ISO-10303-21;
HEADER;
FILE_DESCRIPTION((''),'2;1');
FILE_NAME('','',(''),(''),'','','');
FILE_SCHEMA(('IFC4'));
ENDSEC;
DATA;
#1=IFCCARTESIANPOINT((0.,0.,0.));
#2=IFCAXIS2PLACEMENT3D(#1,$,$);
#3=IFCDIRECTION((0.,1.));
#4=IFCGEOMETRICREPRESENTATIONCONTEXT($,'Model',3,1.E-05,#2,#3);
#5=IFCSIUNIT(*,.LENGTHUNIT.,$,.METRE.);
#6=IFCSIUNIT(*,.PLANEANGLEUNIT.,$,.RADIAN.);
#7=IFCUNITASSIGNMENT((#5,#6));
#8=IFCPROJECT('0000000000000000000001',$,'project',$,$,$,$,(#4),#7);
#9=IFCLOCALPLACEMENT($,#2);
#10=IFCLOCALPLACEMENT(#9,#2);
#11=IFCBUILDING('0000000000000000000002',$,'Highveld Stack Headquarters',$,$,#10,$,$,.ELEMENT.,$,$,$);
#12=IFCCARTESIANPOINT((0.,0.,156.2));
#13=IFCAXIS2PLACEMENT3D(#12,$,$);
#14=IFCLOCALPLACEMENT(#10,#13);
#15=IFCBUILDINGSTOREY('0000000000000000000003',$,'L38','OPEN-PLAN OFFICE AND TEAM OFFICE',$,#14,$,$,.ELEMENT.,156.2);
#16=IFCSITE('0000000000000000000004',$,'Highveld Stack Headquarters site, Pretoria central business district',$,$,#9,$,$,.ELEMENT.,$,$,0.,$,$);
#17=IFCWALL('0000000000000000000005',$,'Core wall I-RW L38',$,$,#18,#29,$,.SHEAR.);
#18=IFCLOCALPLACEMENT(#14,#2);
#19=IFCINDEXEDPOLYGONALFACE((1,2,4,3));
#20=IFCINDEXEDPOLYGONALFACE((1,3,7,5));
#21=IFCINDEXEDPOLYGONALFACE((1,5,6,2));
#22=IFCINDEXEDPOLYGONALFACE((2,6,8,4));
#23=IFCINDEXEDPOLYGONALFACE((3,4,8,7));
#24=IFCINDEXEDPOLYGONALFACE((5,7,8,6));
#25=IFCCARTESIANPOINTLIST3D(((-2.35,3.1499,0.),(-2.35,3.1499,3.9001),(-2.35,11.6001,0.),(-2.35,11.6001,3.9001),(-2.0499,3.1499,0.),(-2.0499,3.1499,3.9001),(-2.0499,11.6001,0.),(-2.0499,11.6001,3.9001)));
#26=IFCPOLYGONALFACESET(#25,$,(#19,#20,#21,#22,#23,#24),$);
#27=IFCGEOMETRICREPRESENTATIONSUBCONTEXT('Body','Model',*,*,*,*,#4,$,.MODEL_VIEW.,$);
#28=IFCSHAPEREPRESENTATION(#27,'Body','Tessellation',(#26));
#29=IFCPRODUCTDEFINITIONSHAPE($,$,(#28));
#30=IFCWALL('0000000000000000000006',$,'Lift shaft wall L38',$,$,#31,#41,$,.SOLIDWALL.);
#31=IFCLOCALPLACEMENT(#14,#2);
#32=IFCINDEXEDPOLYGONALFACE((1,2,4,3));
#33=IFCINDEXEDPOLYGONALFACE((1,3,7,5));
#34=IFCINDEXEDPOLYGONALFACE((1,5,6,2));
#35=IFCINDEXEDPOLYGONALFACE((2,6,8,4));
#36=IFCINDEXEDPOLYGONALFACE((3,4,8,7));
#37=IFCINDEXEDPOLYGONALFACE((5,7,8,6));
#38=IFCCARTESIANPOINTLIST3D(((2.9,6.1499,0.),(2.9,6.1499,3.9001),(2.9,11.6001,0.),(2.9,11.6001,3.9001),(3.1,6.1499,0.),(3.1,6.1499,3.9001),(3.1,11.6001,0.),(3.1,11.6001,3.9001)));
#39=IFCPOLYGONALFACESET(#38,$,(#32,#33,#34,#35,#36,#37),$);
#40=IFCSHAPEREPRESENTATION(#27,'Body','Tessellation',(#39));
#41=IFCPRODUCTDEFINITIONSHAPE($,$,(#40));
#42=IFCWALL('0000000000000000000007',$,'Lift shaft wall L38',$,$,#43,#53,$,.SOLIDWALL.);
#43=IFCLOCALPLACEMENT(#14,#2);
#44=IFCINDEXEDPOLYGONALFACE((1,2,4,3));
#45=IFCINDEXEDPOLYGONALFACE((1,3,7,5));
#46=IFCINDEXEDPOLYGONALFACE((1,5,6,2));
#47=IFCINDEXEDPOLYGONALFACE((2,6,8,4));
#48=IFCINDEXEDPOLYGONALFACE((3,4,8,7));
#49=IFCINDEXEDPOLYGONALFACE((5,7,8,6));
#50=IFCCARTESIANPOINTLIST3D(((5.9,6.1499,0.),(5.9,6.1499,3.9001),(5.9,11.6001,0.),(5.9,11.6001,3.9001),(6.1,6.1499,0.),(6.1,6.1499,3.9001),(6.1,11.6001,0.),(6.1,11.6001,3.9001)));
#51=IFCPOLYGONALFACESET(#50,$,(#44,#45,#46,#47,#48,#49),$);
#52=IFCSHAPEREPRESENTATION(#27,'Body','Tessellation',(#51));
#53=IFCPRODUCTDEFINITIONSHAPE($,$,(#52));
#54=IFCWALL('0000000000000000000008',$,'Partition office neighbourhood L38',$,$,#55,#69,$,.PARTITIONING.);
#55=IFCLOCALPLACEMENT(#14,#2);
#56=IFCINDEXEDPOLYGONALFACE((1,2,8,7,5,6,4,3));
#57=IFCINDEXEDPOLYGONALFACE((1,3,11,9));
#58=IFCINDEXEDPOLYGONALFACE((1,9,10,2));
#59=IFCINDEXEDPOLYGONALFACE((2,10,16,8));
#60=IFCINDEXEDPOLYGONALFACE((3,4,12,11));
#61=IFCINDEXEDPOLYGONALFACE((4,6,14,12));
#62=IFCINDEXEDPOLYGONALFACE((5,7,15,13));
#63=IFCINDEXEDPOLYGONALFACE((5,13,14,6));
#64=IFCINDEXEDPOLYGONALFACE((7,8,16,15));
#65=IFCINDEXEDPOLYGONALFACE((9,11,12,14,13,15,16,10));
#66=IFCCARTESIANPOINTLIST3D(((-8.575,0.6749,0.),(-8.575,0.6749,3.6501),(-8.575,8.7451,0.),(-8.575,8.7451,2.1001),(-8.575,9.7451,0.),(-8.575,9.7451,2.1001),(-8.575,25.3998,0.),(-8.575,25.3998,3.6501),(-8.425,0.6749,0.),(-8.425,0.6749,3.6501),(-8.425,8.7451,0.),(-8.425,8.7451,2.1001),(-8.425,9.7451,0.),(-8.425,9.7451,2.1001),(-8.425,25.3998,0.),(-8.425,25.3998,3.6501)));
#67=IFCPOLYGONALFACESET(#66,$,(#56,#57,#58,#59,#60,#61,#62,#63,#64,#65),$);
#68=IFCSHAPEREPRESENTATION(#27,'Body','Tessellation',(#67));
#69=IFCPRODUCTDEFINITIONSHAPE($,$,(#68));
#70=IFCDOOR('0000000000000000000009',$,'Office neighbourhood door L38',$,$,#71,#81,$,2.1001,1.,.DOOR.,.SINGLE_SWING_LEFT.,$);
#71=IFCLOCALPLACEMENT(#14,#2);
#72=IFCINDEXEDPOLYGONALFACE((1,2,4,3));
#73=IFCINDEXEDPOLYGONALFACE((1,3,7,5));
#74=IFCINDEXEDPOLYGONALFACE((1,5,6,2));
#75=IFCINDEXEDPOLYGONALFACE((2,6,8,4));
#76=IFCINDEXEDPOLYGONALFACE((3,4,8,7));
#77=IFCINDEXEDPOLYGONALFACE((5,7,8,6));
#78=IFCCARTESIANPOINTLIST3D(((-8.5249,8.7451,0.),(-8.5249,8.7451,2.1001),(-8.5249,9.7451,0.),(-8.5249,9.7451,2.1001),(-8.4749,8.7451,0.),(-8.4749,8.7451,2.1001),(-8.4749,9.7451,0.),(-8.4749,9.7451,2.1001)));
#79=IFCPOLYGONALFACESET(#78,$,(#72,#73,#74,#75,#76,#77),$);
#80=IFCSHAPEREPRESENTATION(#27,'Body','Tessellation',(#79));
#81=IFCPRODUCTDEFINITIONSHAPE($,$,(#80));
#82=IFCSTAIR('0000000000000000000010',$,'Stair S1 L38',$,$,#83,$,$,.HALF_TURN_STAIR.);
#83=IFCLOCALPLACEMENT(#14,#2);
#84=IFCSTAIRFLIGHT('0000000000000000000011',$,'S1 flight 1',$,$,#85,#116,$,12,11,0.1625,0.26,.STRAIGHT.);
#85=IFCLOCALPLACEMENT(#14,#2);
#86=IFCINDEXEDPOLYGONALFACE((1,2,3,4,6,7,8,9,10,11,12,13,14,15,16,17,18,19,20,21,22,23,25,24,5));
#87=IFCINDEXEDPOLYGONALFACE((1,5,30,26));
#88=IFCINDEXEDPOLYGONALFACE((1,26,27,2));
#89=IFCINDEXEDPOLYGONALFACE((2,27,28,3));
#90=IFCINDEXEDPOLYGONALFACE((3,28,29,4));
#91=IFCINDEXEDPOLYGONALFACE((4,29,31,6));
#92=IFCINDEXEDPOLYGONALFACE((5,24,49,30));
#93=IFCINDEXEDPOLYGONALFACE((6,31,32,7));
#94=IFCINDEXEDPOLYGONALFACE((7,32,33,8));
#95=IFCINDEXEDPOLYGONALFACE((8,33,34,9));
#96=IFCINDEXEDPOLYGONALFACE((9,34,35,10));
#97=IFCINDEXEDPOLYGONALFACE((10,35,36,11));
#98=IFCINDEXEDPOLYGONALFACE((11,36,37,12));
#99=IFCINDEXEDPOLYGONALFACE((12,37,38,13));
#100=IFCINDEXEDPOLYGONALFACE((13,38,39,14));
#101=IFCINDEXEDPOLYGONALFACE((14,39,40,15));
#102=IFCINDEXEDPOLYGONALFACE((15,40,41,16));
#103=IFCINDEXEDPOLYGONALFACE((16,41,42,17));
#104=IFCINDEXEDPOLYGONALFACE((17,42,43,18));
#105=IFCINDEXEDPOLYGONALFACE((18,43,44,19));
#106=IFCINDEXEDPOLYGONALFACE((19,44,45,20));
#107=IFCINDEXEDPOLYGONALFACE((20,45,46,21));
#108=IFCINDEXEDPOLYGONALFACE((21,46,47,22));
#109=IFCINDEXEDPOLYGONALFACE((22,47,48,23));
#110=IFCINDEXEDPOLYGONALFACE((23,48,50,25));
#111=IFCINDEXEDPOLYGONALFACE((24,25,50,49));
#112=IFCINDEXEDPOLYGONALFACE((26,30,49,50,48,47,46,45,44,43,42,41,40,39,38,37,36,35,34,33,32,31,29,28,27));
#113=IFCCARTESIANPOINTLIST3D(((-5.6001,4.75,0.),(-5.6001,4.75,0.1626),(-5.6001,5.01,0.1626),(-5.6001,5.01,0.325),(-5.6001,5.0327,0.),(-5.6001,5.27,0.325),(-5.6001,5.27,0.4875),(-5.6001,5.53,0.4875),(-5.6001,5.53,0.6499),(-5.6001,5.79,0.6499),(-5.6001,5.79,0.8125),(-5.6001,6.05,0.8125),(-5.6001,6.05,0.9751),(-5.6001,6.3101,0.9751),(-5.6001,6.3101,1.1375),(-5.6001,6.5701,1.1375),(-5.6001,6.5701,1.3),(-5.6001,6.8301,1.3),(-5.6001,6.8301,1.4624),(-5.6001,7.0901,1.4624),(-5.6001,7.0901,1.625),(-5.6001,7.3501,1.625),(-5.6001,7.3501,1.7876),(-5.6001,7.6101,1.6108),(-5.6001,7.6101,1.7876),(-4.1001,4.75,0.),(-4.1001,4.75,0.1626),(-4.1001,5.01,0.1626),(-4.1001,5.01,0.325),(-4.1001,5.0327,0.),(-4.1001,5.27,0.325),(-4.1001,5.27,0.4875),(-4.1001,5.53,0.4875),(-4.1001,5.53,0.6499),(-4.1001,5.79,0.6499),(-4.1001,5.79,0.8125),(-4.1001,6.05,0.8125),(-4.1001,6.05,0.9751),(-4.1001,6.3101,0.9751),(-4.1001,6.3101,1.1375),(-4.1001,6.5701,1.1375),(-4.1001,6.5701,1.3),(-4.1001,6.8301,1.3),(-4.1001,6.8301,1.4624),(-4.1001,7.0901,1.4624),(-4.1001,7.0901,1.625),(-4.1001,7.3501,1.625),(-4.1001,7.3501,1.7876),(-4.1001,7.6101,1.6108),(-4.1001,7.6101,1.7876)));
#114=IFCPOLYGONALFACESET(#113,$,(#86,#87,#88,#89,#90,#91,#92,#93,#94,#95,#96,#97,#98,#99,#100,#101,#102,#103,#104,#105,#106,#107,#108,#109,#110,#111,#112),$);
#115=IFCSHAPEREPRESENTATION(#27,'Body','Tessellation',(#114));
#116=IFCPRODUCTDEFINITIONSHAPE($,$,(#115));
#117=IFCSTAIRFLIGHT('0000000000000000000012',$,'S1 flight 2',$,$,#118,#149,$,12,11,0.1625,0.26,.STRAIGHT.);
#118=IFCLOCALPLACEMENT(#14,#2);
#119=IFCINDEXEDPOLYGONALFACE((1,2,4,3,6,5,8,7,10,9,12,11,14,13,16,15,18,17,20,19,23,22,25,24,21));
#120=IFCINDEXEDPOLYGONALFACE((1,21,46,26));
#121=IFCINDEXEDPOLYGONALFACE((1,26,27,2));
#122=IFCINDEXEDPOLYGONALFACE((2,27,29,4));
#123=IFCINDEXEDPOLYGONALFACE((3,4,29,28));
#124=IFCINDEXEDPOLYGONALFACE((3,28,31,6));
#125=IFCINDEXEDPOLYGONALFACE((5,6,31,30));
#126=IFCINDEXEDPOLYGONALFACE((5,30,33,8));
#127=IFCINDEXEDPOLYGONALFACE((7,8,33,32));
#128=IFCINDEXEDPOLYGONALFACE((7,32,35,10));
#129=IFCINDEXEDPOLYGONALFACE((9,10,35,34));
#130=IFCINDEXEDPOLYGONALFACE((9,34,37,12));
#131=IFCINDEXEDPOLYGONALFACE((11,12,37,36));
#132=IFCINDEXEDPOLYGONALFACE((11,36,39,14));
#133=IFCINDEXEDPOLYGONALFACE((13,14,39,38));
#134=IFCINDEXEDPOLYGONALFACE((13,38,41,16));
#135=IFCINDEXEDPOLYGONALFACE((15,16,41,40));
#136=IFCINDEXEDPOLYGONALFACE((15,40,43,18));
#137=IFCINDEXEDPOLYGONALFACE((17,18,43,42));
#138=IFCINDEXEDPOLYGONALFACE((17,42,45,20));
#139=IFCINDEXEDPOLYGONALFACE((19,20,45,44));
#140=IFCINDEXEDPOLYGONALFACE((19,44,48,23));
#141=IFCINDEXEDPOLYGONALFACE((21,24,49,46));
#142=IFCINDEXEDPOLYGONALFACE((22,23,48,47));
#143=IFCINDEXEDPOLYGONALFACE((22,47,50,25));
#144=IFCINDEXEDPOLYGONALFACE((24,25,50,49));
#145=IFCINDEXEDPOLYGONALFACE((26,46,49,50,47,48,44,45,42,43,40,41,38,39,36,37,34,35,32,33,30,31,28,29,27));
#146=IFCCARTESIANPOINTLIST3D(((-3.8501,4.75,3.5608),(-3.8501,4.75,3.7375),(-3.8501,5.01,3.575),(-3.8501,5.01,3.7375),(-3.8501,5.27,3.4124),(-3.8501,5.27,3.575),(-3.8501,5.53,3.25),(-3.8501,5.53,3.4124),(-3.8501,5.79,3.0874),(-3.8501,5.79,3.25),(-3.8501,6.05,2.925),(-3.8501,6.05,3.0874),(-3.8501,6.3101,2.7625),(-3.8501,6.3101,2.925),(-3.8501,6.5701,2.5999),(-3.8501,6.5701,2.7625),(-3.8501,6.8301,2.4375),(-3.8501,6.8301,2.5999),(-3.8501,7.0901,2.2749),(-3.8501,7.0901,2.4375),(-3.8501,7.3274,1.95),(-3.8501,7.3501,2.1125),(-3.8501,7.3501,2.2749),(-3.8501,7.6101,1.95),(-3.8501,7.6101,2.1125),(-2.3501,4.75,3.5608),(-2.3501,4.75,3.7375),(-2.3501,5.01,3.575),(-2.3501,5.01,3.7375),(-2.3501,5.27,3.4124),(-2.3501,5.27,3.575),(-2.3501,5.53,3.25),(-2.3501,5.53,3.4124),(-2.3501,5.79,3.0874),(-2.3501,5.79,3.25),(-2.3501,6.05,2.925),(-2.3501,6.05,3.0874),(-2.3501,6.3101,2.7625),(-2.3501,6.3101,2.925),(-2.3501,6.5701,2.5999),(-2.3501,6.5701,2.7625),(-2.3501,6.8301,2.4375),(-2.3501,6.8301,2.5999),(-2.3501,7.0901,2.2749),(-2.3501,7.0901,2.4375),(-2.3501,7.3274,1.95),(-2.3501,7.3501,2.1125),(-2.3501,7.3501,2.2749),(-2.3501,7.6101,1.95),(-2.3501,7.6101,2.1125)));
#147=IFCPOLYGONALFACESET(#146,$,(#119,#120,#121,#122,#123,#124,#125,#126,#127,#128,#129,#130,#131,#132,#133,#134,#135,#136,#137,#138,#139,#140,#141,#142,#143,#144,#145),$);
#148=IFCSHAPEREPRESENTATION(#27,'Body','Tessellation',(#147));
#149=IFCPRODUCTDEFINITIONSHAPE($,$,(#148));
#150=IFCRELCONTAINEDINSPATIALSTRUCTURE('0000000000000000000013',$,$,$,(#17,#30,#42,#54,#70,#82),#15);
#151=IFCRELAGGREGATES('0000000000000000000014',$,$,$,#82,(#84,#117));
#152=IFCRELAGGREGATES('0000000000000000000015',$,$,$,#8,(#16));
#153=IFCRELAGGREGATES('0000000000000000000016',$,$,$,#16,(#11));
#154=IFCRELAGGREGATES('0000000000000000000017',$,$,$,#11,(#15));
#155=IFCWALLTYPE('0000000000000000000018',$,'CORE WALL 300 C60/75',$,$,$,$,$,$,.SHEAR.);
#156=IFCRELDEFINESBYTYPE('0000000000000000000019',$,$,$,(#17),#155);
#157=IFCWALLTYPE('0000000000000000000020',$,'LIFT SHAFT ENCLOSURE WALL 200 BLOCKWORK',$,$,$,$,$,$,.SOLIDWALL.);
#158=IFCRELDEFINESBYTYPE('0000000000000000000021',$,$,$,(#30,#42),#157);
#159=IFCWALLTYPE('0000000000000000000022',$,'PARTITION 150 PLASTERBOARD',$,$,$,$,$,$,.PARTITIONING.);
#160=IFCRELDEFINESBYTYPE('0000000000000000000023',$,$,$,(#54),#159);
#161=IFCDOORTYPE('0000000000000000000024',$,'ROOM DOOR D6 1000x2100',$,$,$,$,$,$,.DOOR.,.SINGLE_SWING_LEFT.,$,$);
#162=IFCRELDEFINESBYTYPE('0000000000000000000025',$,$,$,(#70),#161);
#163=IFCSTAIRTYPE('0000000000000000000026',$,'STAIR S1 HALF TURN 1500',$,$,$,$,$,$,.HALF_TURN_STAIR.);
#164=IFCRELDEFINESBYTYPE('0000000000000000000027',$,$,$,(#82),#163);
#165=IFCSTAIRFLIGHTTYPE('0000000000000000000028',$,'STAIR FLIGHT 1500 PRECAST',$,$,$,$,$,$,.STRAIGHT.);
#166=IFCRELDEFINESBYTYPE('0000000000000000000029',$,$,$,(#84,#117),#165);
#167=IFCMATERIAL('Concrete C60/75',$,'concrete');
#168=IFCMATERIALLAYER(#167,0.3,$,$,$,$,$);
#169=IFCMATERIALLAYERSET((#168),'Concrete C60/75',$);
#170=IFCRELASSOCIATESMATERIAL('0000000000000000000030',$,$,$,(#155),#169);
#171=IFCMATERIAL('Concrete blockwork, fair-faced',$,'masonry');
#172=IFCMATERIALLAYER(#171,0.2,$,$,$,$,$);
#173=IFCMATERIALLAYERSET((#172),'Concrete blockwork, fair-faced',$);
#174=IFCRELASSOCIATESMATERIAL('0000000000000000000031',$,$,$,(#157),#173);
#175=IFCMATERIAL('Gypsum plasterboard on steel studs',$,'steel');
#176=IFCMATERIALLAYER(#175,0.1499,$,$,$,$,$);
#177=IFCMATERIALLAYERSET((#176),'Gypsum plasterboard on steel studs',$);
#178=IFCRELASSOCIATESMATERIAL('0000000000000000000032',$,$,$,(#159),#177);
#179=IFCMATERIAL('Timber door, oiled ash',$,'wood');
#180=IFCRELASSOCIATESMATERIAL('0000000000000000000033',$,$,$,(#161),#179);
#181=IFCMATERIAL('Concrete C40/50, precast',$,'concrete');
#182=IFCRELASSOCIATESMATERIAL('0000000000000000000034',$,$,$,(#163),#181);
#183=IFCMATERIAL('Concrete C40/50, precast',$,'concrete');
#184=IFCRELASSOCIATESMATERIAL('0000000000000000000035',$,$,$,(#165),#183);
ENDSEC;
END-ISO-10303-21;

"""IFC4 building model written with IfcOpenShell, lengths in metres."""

from ifc_helpers import new_model, si_unit, direction, frame, frame_2d, origin, place, context, subcontext, project, spatial, polyline, rectangle, outline, extrude, material, layer, layer_set, type_object, element, fill, aggregate, save


model = new_model("IFC4")

# Units and contexts
model_context = context("Model", 3, precision=1e-05, world=origin(), true_north=direction((0.0, 1.0)))
body_context = subcontext(model_context, "Body", "Model", "MODEL_VIEW")
ifc_project = project(units=[si_unit("LENGTHUNIT", "METRE"), si_unit("PLANEANGLEUNIT", "RADIAN")], contexts=[model_context])

# Site, building, storey
site_placement = place(None, origin())
site = spatial("IfcSite", under=ifc_project, at=site_placement, Name="Highveld Stack Headquarters site, Pretoria central business district", CompositionType="ELEMENT", RefElevation=0.0)
building_placement = place(site_placement, origin())
building = spatial("IfcBuilding", under=site, at=building_placement, Name="Highveld Stack Headquarters", CompositionType="ELEMENT")
storey_placement = place(building_placement, frame((0.0, 0.0, 156.2)))
storey = spatial("IfcBuildingStorey", under=building, at=storey_placement, Name="L38", Description="OPEN-PLAN OFFICE AND TEAM OFFICE", CompositionType="ELEMENT", Elevation=156.2)

# Shared definitions
ifc_material_1 = material(Name="Concrete C60/75", Category="concrete")
ifc_layer_1 = layer(ifc_material_1, 0.3)
ifc_layer_set_1 = layer_set([ifc_layer_1], Name="Concrete C60/75")
wall_type_1 = type_object("IfcWallType", Name="CORE WALL 300 C60/75", PredefinedType="SHEAR", material=ifc_layer_set_1)

# Walls
for number, where, z_axis, x_axis, name in (
    (1, (-2.2, 3.1499, 0.0), (0.0, 0.0, 1.0), (0.0, 1.0, 0.0), "Core wall I-RW L38"),
):
    element("IfcWall", number, at=place(storey_placement, frame(where, z_axis=z_axis, x_axis=x_axis)), inside=storey, type_object=wall_type_1, Name=name, PredefinedType="SHEAR", context=body_context, shape_type="SweptSolid", body=[
        extrude(rectangle(XDim=8.4502, YDim=0.3, at=frame_2d((4.2251, 0.0))), origin(), (0.0, 0.0, 1.0), 3.9001),
    ])
ifc_material_2 = material(Name="Concrete blockwork, fair-faced", Category="masonry")
ifc_layer_2 = layer(ifc_material_2, 0.2)
ifc_layer_set_2 = layer_set([ifc_layer_2], Name="Concrete blockwork, fair-faced")
wall_type_2 = type_object("IfcWallType", Name="LIFT SHAFT ENCLOSURE WALL 200 BLOCKWORK", PredefinedType="SOLIDWALL", material=ifc_layer_set_2)
for number, where, z_axis, x_axis, name in (
    (2, (3.0, 6.1499, 0.0), (0.0, 0.0, 1.0), (0.0, 1.0, 0.0), "Lift shaft wall L38"),
    (3, (6.0, 6.1499, 0.0), (0.0, 0.0, 1.0), (0.0, 1.0, 0.0), "Lift shaft wall L38"),
):
    element("IfcWall", number, at=place(storey_placement, frame(where, z_axis=z_axis, x_axis=x_axis)), inside=storey, type_object=wall_type_2, Name=name, PredefinedType="SOLIDWALL", context=body_context, shape_type="SweptSolid", body=[
        extrude(rectangle(XDim=5.4502, YDim=0.2, at=frame_2d((2.7251, 0.0))), origin(), (0.0, 0.0, 1.0), 3.9001),
    ])

# Wall, opening, door
ifc_material_3 = material(Name="Gypsum plasterboard on steel studs", Category="steel")
ifc_layer_3 = layer(ifc_material_3, 0.1499)
ifc_layer_set_3 = layer_set([ifc_layer_3], Name="Gypsum plasterboard on steel studs")
wall_type_3 = type_object("IfcWallType", Name="PARTITION 150 PLASTERBOARD", PredefinedType="PARTITIONING", material=ifc_layer_set_3)
wall_1_placement = place(storey_placement, frame((-8.5, 0.675, 0.0), z_axis=(0.0, 0.0, 1.0), x_axis=(0.0, 1.0, 0.0)))
wall_1 = element("IfcWall", 4, at=wall_1_placement, inside=storey, type_object=wall_type_3, Name="Partition office neighbourhood L38", PredefinedType="PARTITIONING", context=body_context, shape_type="SweptSolid", body=[
    extrude(rectangle(XDim=24.7249, YDim=0.1499, at=frame_2d((12.3623, 0.0))), origin(), (0.0, 0.0, 1.0), 3.6501),
])
opening_1_placement = place(wall_1_placement, frame((8.0701, 0.0, 0.0)))
opening_1 = element("IfcOpeningElement", 5, at=opening_1_placement, cuts=wall_1, PredefinedType="OPENING", context=body_context, shape_type="SweptSolid", body=[
    extrude(rectangle(XDim=1.0, YDim=2.1001, at=frame_2d((0.5, 1.05))), frame((0.0, 0.085, 0.0), z_axis=(0.0, -1.0, 0.0), x_axis=(1.0, 0.0, 0.0)), (0.0, 0.0, 1.0), 0.1699),
])
ifc_material_4 = material(Name="Timber door, oiled ash", Category="wood")
door_type_1 = type_object("IfcDoorType", Name="ROOM DOOR D6 1000x2100", OperationType="SINGLE_SWING_LEFT", PredefinedType="DOOR", material=ifc_material_4)
door_1_placement = place(opening_1_placement, origin())
door_1 = element("IfcDoor", 6, at=door_1_placement, inside=storey, type_object=door_type_1, Name="Office neighbourhood door L38", OperationType="SINGLE_SWING_LEFT", OverallHeight=2.1001, OverallWidth=1.0, PredefinedType="DOOR", context=body_context, shape_type="SweptSolid", body=[
    extrude(rectangle(XDim=1.0, YDim=2.1001, at=frame_2d((0.5, 1.05))), frame((0.0, 0.0249, 0.0), z_axis=(0.0, -1.0, 0.0), x_axis=(1.0, 0.0, 0.0)), (0.0, 0.0, 1.0), 0.05),
])
fill(opening_1, door_1)

# Stair, stair flights
ifc_material_5 = material(Name="Concrete C40/50, precast", Category="concrete")
stair_type_1 = type_object("IfcStairType", Name="STAIR S1 HALF TURN 1500", PredefinedType="HALF_TURN_STAIR", material=ifc_material_5)
stair_1_placement = place(storey_placement, origin())
stair_1 = element("IfcStair", 7, at=stair_1_placement, inside=storey, type_object=stair_type_1, Name="Stair S1 L38", PredefinedType="HALF_TURN_STAIR")
ifc_material_6 = material(Name="Concrete C40/50, precast", Category="concrete")
stair_flight_type = type_object("IfcStairFlightType", Name="STAIR FLIGHT 1500 PRECAST", PredefinedType="STRAIGHT", material=ifc_material_6)
stair_flight_1_placement = place(storey_placement, frame((-4.8501, 4.75, 0.0), z_axis=(0.0, 0.0, 1.0), x_axis=(0.0, 1.0, 0.0)))
stair_flight_1 = element("IfcStairFlight", 8, at=stair_flight_1_placement, type_object=stair_flight_type, Name="S1 flight 1", NumberOfRisers=12, NumberOfTreads=11, PredefinedType="STRAIGHT", RiserHeight=0.1625, TreadLength=0.26, context=body_context, shape_type="SweptSolid", body=[
    extrude(outline(polyline([(0.0, 0.0), (0.0, 0.1626), (0.26, 0.1626), (0.26, 0.325), (0.52, 0.325), (0.52, 0.4875), (0.78, 0.4875), (0.78, 0.6499), (1.04, 0.6499), (1.04, 0.8125), (1.3, 0.8125), (1.3, 0.9751), (1.5601, 0.9751), (1.5601, 1.1375), (1.8201, 1.1375), (1.8201, 1.3), (2.0801, 1.3), (2.0801, 1.4624), (2.3401, 1.4624), (2.3401, 1.625), (2.6001, 1.625), (2.6001, 1.7876), (2.8601, 1.7876), (2.8601, 1.95), (2.8601, 1.6108), (0.2827, 0.0), (0.0, 0.0)])), frame((0.0, 0.75, 0.0), z_axis=(0.0, -1.0, 0.0), x_axis=(1.0, 0.0, 0.0)), (0.0, 0.0, 1.0), 1.5),
])
stair_flight_2_placement = place(storey_placement, frame((-3.1001, 7.6101, 1.95), z_axis=(0.0, 0.0, 1.0), x_axis=(0.0, -1.0, 0.0)))
stair_flight_2 = element("IfcStairFlight", 9, at=stair_flight_2_placement, type_object=stair_flight_type, Name="S1 flight 2", NumberOfRisers=12, NumberOfTreads=11, PredefinedType="STRAIGHT", RiserHeight=0.1625, TreadLength=0.26, context=body_context, shape_type="SweptSolid", body=[
    extrude(outline(polyline([(0.0, 0.0), (0.0, 0.1626), (0.26, 0.1626), (0.26, 0.325), (0.52, 0.325), (0.52, 0.4875), (0.78, 0.4875), (0.78, 0.6499), (1.04, 0.6499), (1.04, 0.8125), (1.3, 0.8125), (1.3, 0.9751), (1.5601, 0.9751), (1.5601, 1.1375), (1.8201, 1.1375), (1.8201, 1.3), (2.0801, 1.3), (2.0801, 1.4624), (2.3401, 1.4624), (2.3401, 1.625), (2.6001, 1.625), (2.6001, 1.7876), (2.8601, 1.7876), (2.8601, 1.95), (2.8601, 1.6108), (0.2827, 0.0), (0.0, 0.0)])), frame((0.0, 0.75, 0.0), z_axis=(0.0, -1.0, 0.0), x_axis=(1.0, 0.0, 0.0)), (0.0, 0.0, 1.0), 1.5),
])
aggregate(stair_1, [stair_flight_1, stair_flight_2])

save(model, "model.ifc")
